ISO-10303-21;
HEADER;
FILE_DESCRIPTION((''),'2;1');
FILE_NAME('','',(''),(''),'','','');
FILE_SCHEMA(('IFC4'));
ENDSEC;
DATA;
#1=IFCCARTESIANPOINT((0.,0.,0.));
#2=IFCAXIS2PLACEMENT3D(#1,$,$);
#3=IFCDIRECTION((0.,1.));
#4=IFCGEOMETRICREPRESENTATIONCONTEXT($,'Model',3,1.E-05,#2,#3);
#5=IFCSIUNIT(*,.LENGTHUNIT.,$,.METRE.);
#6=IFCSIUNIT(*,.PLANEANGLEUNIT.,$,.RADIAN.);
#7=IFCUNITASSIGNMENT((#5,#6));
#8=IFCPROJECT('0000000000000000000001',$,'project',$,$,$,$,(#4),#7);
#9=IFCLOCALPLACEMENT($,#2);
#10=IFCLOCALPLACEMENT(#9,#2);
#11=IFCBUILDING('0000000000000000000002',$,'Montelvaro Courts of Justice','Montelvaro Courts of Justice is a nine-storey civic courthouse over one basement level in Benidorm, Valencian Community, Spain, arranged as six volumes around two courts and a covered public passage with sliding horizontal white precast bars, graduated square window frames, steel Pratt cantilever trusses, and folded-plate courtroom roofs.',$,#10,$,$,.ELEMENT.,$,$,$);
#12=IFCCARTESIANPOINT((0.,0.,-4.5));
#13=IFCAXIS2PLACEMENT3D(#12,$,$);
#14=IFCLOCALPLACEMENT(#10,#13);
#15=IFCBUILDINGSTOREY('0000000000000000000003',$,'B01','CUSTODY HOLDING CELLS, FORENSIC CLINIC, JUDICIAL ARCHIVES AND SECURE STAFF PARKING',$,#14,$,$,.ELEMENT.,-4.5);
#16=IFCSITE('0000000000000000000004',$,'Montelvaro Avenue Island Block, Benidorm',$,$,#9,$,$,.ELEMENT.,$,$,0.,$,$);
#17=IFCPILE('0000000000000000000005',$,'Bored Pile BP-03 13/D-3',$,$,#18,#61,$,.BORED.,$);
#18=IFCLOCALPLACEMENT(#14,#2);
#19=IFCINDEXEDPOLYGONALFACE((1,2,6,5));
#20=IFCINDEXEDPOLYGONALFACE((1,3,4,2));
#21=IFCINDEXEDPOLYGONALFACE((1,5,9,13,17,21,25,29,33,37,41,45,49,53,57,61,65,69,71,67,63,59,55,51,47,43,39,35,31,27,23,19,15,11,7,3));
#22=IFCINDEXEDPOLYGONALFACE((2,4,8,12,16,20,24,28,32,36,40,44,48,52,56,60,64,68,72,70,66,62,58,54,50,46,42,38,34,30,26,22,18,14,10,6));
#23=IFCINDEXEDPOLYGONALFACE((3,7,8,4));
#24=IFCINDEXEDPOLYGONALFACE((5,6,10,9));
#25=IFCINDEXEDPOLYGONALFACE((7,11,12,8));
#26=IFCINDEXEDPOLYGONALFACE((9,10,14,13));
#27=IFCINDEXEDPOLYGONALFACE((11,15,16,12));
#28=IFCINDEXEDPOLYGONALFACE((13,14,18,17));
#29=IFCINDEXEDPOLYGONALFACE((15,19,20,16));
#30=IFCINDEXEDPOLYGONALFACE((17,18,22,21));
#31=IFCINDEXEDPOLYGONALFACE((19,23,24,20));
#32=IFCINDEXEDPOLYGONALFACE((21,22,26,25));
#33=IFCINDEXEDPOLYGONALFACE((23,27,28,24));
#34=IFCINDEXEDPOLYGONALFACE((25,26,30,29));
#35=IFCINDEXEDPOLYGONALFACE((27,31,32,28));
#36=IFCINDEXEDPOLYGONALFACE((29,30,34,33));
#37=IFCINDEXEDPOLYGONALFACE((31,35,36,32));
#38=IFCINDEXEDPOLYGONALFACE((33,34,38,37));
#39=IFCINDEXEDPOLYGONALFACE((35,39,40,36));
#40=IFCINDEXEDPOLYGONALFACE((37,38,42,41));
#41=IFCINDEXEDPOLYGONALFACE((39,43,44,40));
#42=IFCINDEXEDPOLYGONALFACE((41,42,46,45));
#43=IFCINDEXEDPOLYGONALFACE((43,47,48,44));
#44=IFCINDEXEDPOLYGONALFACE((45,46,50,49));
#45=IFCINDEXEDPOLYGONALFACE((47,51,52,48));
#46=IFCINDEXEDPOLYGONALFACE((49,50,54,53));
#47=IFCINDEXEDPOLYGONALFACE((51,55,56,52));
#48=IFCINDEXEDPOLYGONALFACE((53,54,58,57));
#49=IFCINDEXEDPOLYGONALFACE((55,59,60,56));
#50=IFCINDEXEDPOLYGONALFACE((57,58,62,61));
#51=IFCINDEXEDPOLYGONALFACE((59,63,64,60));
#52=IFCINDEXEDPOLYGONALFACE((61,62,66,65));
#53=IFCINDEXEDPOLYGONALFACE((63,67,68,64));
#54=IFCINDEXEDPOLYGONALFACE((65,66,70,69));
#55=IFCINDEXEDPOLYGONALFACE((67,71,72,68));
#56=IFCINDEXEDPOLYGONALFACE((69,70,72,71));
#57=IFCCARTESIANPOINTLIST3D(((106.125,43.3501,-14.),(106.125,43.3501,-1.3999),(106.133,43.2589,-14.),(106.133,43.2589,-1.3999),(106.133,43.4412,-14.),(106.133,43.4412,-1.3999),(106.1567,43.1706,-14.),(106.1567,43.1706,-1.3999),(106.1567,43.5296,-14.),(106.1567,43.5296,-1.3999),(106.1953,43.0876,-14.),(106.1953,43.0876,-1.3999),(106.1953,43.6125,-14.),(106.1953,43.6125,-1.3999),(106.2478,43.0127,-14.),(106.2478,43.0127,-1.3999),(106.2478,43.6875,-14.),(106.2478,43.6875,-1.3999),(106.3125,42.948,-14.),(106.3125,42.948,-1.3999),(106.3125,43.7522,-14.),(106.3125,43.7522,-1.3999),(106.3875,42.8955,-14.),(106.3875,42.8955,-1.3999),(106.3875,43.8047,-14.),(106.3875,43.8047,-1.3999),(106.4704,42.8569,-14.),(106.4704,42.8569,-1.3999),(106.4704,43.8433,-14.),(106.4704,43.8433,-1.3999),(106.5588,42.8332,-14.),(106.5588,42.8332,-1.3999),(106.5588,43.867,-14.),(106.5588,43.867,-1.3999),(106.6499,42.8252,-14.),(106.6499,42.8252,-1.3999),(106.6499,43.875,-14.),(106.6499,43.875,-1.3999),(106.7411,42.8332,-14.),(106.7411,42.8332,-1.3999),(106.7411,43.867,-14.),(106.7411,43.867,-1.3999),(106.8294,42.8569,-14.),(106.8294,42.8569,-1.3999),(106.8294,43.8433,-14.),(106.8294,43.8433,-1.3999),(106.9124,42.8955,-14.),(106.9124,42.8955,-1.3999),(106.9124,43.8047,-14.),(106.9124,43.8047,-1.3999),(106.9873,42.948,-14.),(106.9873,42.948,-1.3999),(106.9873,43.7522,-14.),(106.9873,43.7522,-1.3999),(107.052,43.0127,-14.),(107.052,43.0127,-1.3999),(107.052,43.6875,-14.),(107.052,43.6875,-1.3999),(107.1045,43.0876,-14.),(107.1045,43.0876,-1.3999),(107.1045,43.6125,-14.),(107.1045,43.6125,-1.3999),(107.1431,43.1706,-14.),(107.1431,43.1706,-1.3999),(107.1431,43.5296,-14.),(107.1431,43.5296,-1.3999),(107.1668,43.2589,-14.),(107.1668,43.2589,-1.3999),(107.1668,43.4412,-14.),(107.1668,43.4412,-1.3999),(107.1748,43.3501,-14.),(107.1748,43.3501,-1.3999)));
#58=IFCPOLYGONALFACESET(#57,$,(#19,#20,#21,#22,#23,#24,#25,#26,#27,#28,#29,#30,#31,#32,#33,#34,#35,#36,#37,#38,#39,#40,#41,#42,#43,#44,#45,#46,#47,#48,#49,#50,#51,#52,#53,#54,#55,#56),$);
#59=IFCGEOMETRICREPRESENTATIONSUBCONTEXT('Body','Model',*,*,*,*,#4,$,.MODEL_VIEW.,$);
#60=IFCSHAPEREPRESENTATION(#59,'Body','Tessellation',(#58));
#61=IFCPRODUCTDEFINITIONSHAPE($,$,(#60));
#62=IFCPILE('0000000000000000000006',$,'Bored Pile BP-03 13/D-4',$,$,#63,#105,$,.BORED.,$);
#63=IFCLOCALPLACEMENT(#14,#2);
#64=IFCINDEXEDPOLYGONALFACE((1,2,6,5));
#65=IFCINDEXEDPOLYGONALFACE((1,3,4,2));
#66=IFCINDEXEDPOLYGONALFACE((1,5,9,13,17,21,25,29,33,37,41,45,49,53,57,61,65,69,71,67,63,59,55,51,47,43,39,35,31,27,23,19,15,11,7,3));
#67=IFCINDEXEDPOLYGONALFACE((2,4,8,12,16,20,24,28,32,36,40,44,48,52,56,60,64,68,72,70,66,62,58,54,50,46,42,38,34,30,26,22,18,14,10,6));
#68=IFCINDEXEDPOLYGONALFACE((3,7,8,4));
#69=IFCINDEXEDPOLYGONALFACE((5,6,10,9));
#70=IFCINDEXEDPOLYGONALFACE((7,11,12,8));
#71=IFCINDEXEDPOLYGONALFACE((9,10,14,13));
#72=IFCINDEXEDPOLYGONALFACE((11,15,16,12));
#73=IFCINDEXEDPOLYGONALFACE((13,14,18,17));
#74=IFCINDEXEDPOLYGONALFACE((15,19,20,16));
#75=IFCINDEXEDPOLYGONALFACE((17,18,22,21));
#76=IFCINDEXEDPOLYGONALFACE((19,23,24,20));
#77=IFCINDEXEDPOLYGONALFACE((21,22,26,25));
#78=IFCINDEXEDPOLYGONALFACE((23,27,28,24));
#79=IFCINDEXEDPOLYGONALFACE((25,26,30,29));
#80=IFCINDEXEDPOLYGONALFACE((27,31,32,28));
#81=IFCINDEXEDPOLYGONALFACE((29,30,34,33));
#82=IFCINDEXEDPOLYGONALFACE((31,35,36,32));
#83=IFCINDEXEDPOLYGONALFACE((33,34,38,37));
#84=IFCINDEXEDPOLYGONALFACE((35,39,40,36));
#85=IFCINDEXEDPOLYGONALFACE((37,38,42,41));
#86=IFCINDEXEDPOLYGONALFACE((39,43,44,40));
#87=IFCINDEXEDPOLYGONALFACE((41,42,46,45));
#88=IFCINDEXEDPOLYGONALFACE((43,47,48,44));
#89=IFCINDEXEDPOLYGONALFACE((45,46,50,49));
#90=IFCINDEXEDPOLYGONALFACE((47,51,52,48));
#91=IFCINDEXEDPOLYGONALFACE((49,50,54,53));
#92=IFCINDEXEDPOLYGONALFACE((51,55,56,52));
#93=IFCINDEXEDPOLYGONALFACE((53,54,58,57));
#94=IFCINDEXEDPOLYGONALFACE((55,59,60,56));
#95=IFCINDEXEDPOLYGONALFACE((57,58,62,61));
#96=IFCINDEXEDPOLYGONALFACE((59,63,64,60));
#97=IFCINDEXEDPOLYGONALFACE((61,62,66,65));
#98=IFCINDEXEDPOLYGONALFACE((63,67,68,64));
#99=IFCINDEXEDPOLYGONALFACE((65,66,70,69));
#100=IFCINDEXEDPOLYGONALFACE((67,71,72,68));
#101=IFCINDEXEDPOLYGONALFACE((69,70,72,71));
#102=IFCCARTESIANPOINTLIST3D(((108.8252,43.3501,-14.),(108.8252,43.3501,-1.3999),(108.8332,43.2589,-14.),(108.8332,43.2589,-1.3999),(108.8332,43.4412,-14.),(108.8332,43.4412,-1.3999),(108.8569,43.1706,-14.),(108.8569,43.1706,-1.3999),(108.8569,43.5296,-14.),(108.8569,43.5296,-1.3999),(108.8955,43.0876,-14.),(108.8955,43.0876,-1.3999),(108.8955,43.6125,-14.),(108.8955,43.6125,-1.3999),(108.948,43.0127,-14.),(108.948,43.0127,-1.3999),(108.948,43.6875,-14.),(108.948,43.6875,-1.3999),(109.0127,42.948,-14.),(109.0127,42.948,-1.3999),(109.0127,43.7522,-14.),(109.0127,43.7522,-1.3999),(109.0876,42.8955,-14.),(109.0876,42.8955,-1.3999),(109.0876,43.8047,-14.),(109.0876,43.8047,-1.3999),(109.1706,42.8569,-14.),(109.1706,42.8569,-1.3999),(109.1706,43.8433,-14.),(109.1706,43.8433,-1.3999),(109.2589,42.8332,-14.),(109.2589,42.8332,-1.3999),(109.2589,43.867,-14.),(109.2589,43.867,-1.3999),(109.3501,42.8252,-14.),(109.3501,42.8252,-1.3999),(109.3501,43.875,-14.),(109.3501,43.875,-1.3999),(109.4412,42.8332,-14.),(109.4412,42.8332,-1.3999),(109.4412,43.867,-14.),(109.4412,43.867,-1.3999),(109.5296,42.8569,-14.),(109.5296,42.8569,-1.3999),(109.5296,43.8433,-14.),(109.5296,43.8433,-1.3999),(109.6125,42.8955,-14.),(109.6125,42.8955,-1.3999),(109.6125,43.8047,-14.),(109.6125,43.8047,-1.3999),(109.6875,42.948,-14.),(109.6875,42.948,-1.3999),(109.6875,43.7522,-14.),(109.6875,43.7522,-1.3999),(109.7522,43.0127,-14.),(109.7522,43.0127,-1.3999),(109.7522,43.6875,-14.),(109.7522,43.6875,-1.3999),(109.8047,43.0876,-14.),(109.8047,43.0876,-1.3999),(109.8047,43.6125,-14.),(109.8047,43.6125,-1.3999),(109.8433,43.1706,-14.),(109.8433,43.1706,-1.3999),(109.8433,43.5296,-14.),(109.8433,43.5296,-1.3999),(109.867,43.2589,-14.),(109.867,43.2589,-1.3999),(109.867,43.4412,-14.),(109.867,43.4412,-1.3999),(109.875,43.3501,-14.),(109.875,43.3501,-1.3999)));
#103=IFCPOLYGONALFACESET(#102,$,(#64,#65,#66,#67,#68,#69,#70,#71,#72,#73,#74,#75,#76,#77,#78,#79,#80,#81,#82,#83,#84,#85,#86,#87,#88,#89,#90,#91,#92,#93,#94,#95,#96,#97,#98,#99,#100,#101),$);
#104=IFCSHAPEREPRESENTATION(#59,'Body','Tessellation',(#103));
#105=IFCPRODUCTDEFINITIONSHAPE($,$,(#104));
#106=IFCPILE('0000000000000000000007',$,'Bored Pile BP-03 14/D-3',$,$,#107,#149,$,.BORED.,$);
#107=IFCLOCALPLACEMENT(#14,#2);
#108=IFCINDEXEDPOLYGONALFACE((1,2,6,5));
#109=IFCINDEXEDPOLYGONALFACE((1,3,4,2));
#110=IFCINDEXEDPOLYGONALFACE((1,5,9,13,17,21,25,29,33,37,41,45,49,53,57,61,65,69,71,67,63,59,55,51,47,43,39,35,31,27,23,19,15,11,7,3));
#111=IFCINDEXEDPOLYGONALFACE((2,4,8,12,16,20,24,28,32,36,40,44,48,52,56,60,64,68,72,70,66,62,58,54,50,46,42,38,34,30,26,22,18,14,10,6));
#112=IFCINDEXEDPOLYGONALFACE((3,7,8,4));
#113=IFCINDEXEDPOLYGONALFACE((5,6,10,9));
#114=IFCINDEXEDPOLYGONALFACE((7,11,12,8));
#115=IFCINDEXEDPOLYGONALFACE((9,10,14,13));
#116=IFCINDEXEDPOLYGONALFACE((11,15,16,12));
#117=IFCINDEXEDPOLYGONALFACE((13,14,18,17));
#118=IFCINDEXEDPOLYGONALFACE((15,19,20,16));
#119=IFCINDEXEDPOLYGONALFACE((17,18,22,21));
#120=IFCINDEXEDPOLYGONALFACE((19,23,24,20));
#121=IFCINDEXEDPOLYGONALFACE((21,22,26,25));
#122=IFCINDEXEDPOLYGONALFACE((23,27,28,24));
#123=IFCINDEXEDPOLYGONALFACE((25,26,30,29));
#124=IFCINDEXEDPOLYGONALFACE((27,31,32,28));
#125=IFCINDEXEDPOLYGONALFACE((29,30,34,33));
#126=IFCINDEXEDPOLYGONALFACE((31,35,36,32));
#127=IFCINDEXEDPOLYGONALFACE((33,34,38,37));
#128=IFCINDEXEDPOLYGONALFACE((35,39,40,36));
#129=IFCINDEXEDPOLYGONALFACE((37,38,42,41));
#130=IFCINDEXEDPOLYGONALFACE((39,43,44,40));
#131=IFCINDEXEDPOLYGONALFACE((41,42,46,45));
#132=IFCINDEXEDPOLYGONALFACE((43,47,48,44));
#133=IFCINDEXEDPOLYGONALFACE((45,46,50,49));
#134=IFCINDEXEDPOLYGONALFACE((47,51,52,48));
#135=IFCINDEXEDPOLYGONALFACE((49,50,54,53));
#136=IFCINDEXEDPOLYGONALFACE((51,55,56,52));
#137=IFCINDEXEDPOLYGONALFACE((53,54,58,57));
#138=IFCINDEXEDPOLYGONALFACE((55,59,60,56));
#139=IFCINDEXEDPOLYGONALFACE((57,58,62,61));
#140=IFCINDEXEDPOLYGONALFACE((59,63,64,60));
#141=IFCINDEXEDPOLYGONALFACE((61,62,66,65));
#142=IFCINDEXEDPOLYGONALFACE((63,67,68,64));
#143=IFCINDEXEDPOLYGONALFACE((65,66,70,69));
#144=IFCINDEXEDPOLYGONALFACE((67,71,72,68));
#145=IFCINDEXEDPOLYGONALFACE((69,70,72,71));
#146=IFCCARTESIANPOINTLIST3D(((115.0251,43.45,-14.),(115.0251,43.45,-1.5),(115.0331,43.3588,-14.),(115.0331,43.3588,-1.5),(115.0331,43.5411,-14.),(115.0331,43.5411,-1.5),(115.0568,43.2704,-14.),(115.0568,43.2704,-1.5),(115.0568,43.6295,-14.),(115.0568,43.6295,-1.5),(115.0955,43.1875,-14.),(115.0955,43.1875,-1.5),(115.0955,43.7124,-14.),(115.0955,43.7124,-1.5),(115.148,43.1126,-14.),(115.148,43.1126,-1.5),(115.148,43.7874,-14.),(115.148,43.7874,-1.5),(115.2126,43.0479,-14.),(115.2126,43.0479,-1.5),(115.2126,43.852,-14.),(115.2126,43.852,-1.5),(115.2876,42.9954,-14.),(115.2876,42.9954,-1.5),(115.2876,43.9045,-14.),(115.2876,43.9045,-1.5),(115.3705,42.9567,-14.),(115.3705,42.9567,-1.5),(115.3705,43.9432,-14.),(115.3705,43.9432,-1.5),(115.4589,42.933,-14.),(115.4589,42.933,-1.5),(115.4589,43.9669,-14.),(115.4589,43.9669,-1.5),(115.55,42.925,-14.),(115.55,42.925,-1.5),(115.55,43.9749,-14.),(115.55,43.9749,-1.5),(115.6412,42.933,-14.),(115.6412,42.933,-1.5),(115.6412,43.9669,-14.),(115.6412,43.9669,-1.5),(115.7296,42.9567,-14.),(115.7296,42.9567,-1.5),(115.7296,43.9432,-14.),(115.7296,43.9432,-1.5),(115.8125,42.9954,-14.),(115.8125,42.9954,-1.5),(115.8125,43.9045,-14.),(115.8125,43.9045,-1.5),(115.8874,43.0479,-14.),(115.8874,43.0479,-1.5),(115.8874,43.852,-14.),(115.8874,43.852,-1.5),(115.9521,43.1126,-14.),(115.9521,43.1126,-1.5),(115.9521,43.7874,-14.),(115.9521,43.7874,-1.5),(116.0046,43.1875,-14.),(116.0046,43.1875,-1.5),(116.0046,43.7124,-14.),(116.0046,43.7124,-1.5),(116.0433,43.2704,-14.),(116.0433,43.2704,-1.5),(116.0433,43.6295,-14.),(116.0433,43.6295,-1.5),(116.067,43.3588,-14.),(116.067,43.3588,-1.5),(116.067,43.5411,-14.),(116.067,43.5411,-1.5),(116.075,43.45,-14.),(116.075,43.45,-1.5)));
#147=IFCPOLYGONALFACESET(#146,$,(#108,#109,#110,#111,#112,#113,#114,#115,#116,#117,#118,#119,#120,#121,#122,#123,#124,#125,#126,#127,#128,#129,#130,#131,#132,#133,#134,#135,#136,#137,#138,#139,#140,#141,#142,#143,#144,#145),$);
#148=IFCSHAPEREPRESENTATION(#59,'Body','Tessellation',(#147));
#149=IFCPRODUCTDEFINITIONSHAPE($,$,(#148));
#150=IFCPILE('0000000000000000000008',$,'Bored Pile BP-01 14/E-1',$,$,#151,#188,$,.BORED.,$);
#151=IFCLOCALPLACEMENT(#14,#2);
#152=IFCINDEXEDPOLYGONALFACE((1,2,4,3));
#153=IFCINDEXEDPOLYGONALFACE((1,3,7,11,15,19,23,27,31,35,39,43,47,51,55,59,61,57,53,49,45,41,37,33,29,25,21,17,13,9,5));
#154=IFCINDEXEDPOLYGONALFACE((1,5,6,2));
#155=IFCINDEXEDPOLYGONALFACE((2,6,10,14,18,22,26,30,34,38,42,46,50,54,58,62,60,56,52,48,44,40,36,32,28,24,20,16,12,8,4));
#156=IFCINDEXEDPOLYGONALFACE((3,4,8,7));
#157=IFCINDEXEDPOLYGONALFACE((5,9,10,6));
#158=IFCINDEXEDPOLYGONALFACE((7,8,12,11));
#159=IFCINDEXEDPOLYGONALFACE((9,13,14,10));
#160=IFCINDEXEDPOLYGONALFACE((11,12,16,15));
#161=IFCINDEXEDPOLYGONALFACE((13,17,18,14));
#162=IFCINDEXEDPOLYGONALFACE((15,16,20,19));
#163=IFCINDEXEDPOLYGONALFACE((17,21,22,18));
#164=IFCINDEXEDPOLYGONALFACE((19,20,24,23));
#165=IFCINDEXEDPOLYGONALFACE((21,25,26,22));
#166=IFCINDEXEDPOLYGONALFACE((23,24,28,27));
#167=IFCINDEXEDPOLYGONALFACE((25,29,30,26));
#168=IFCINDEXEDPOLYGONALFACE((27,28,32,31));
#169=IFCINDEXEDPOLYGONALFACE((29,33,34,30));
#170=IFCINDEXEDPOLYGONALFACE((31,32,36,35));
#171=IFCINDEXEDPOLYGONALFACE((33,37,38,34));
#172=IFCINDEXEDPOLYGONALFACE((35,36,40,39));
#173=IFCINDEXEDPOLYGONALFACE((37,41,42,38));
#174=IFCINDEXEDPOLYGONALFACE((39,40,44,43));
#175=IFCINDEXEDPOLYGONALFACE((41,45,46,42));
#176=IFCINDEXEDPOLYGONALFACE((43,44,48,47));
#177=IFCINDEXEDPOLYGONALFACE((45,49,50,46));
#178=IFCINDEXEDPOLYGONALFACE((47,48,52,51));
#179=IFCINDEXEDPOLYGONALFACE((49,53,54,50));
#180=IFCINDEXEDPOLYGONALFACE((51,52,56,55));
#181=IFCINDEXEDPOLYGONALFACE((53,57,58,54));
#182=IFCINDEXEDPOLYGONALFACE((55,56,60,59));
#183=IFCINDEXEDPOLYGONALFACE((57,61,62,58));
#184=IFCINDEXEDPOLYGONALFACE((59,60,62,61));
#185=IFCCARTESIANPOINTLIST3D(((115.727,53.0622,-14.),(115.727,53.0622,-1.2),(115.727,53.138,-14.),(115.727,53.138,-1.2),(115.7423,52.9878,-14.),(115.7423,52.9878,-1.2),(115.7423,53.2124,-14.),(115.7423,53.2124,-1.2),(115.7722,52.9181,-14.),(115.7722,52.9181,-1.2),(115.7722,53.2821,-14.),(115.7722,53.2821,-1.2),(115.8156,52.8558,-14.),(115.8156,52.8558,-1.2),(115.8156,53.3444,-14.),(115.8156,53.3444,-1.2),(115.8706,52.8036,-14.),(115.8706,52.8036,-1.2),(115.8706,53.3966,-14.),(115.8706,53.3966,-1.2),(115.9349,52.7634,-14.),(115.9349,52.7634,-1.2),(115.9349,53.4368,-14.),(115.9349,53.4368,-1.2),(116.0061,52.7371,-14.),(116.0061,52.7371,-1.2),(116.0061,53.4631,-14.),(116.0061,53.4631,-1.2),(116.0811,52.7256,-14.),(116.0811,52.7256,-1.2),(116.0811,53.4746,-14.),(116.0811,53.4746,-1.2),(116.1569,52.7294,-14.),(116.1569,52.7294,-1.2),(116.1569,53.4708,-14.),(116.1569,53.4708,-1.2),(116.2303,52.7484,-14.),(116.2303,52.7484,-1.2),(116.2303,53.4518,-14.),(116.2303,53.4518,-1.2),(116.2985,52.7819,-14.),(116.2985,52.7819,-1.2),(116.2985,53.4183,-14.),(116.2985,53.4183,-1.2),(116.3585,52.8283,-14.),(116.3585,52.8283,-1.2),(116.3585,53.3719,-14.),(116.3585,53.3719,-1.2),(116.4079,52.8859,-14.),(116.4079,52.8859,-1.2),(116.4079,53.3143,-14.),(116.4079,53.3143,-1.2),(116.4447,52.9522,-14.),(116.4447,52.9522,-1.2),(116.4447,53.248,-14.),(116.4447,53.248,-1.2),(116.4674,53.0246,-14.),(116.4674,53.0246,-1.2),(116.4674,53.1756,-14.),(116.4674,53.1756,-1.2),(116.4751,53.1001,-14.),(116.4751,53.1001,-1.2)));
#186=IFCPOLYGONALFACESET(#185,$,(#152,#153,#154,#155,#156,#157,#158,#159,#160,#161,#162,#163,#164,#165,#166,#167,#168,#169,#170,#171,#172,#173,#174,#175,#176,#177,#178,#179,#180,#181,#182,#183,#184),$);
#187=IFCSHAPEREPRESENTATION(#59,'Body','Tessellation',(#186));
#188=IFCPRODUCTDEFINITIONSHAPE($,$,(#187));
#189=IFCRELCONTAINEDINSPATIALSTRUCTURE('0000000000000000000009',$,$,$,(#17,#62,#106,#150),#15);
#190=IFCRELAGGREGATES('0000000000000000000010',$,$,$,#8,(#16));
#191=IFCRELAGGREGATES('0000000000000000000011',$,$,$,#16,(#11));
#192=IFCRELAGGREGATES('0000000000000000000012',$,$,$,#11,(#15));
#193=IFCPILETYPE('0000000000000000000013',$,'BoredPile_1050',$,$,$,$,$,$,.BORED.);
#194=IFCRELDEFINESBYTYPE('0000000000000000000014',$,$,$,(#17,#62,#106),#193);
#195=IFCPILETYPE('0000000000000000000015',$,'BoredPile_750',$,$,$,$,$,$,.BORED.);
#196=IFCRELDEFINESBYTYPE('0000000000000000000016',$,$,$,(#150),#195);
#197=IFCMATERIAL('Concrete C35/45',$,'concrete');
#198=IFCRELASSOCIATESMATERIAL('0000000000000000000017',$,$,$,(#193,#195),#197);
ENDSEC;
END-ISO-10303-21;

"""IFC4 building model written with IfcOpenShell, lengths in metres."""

from ifc_helpers import new_model, si_unit, direction, frame, origin, origin_2d, place, context, subcontext, project, spatial, circle, extrude, material, material_profile, profile_set, type_object, element, save


model = new_model("IFC4")

# Units and contexts
model_context = context("Model", 3, precision=1e-05, world=origin(), true_north=direction((0.0, 1.0)))
body_context = subcontext(model_context, "Body", "Model", "MODEL_VIEW")
ifc_project = project(units=[si_unit("LENGTHUNIT", "METRE"), si_unit("PLANEANGLEUNIT", "RADIAN")], contexts=[model_context])

# Site, building, storey
site_placement = place(None, origin())
site = spatial("IfcSite", under=ifc_project, at=site_placement, Name="Montelvaro Avenue Island Block, Benidorm", CompositionType="ELEMENT", RefElevation=0.0)
building_placement = place(site_placement, origin())
building = spatial("IfcBuilding", under=site, at=building_placement, Name="Montelvaro Courts of Justice", Description="Montelvaro Courts of Justice is a nine-storey civic courthouse over one basement level in Benidorm, Valencian Community, Spain, arranged as six volumes around two courts and a covered public passage with sliding horizontal white precast bars, graduated square window frames, steel Pratt cantilever trusses, and folded-plate courtroom roofs.", CompositionType="ELEMENT")
storey_placement = place(building_placement, frame((0.0, 0.0, -4.5)))
storey = spatial("IfcBuildingStorey", under=building, at=storey_placement, Name="B01", Description="CUSTODY HOLDING CELLS, FORENSIC CLINIC, JUDICIAL ARCHIVES AND SECURE STAFF PARKING", CompositionType="ELEMENT", Elevation=-4.5)

# Piles
ifc_material_1 = material(Name="Concrete C35/45", Category="concrete")
ifc_material_profile_1 = material_profile(ifc_material_1, circle(Radius=0.5249, at=origin_2d()), Name="BORED PILE D1050")
ifc_profile_set_1 = profile_set([ifc_material_profile_1], Name="Concrete C35/45")
pile_type_1 = type_object("IfcPileType", Name="BoredPile_1050", PredefinedType="BORED", material=ifc_profile_set_1)
for number, where, z_axis, x_axis, name in (
    (1, (106.6499, 43.3501, -1.3999), (0.0, 0.0, -1.0), (1.0, 0.0, 0.0), "Bored Pile BP-03 13/D-3"),
    (2, (109.3501, 43.3501, -1.3999), (0.0, 0.0, -1.0), (1.0, 0.0, 0.0), "Bored Pile BP-03 13/D-4"),
):
    element("IfcPile", number, at=place(storey_placement, frame(where, z_axis=z_axis, x_axis=x_axis)), inside=storey, type_object=pile_type_1, Name=name, PredefinedType="BORED", context=body_context, shape_type="SweptSolid", body=[
        extrude(circle(Radius=0.5249, at=origin_2d()), origin(), (0.0, 0.0, 1.0), 12.6001),
    ])
pile_1_placement = place(storey_placement, frame((115.55, 43.45, -1.5), z_axis=(0.0, 0.0, -1.0), x_axis=(1.0, 0.0, 0.0)))
element("IfcPile", 3, at=pile_1_placement, inside=storey, type_object=pile_type_1, Name="Bored Pile BP-03 14/D-3", PredefinedType="BORED", context=body_context, shape_type="SweptSolid", body=[
    extrude(circle(Radius=0.5249, at=origin_2d()), origin(), (0.0, 0.0, 1.0), 12.5),
])
ifc_material_profile_2 = material_profile(ifc_material_1, circle(Radius=0.375, at=origin_2d()), Name="BORED PILE D750")
ifc_profile_set_2 = profile_set([ifc_material_profile_2], Name="Concrete C35/45")
pile_type_2 = type_object("IfcPileType", Name="BoredPile_750", PredefinedType="BORED", material=ifc_profile_set_2)
pile_2_placement = place(storey_placement, frame((116.1001, 53.1001, -1.2), z_axis=(0.0, 0.0, -1.0), x_axis=(1.0, 0.0, 0.0)))
element("IfcPile", 4, at=pile_2_placement, inside=storey, type_object=pile_type_2, Name="Bored Pile BP-01 14/E-1", PredefinedType="BORED", context=body_context, shape_type="SweptSolid", body=[
    extrude(circle(Radius=0.375, at=origin_2d()), origin(), (0.0, 0.0, 1.0), 12.8),
])

save(model, "model.ifc")
